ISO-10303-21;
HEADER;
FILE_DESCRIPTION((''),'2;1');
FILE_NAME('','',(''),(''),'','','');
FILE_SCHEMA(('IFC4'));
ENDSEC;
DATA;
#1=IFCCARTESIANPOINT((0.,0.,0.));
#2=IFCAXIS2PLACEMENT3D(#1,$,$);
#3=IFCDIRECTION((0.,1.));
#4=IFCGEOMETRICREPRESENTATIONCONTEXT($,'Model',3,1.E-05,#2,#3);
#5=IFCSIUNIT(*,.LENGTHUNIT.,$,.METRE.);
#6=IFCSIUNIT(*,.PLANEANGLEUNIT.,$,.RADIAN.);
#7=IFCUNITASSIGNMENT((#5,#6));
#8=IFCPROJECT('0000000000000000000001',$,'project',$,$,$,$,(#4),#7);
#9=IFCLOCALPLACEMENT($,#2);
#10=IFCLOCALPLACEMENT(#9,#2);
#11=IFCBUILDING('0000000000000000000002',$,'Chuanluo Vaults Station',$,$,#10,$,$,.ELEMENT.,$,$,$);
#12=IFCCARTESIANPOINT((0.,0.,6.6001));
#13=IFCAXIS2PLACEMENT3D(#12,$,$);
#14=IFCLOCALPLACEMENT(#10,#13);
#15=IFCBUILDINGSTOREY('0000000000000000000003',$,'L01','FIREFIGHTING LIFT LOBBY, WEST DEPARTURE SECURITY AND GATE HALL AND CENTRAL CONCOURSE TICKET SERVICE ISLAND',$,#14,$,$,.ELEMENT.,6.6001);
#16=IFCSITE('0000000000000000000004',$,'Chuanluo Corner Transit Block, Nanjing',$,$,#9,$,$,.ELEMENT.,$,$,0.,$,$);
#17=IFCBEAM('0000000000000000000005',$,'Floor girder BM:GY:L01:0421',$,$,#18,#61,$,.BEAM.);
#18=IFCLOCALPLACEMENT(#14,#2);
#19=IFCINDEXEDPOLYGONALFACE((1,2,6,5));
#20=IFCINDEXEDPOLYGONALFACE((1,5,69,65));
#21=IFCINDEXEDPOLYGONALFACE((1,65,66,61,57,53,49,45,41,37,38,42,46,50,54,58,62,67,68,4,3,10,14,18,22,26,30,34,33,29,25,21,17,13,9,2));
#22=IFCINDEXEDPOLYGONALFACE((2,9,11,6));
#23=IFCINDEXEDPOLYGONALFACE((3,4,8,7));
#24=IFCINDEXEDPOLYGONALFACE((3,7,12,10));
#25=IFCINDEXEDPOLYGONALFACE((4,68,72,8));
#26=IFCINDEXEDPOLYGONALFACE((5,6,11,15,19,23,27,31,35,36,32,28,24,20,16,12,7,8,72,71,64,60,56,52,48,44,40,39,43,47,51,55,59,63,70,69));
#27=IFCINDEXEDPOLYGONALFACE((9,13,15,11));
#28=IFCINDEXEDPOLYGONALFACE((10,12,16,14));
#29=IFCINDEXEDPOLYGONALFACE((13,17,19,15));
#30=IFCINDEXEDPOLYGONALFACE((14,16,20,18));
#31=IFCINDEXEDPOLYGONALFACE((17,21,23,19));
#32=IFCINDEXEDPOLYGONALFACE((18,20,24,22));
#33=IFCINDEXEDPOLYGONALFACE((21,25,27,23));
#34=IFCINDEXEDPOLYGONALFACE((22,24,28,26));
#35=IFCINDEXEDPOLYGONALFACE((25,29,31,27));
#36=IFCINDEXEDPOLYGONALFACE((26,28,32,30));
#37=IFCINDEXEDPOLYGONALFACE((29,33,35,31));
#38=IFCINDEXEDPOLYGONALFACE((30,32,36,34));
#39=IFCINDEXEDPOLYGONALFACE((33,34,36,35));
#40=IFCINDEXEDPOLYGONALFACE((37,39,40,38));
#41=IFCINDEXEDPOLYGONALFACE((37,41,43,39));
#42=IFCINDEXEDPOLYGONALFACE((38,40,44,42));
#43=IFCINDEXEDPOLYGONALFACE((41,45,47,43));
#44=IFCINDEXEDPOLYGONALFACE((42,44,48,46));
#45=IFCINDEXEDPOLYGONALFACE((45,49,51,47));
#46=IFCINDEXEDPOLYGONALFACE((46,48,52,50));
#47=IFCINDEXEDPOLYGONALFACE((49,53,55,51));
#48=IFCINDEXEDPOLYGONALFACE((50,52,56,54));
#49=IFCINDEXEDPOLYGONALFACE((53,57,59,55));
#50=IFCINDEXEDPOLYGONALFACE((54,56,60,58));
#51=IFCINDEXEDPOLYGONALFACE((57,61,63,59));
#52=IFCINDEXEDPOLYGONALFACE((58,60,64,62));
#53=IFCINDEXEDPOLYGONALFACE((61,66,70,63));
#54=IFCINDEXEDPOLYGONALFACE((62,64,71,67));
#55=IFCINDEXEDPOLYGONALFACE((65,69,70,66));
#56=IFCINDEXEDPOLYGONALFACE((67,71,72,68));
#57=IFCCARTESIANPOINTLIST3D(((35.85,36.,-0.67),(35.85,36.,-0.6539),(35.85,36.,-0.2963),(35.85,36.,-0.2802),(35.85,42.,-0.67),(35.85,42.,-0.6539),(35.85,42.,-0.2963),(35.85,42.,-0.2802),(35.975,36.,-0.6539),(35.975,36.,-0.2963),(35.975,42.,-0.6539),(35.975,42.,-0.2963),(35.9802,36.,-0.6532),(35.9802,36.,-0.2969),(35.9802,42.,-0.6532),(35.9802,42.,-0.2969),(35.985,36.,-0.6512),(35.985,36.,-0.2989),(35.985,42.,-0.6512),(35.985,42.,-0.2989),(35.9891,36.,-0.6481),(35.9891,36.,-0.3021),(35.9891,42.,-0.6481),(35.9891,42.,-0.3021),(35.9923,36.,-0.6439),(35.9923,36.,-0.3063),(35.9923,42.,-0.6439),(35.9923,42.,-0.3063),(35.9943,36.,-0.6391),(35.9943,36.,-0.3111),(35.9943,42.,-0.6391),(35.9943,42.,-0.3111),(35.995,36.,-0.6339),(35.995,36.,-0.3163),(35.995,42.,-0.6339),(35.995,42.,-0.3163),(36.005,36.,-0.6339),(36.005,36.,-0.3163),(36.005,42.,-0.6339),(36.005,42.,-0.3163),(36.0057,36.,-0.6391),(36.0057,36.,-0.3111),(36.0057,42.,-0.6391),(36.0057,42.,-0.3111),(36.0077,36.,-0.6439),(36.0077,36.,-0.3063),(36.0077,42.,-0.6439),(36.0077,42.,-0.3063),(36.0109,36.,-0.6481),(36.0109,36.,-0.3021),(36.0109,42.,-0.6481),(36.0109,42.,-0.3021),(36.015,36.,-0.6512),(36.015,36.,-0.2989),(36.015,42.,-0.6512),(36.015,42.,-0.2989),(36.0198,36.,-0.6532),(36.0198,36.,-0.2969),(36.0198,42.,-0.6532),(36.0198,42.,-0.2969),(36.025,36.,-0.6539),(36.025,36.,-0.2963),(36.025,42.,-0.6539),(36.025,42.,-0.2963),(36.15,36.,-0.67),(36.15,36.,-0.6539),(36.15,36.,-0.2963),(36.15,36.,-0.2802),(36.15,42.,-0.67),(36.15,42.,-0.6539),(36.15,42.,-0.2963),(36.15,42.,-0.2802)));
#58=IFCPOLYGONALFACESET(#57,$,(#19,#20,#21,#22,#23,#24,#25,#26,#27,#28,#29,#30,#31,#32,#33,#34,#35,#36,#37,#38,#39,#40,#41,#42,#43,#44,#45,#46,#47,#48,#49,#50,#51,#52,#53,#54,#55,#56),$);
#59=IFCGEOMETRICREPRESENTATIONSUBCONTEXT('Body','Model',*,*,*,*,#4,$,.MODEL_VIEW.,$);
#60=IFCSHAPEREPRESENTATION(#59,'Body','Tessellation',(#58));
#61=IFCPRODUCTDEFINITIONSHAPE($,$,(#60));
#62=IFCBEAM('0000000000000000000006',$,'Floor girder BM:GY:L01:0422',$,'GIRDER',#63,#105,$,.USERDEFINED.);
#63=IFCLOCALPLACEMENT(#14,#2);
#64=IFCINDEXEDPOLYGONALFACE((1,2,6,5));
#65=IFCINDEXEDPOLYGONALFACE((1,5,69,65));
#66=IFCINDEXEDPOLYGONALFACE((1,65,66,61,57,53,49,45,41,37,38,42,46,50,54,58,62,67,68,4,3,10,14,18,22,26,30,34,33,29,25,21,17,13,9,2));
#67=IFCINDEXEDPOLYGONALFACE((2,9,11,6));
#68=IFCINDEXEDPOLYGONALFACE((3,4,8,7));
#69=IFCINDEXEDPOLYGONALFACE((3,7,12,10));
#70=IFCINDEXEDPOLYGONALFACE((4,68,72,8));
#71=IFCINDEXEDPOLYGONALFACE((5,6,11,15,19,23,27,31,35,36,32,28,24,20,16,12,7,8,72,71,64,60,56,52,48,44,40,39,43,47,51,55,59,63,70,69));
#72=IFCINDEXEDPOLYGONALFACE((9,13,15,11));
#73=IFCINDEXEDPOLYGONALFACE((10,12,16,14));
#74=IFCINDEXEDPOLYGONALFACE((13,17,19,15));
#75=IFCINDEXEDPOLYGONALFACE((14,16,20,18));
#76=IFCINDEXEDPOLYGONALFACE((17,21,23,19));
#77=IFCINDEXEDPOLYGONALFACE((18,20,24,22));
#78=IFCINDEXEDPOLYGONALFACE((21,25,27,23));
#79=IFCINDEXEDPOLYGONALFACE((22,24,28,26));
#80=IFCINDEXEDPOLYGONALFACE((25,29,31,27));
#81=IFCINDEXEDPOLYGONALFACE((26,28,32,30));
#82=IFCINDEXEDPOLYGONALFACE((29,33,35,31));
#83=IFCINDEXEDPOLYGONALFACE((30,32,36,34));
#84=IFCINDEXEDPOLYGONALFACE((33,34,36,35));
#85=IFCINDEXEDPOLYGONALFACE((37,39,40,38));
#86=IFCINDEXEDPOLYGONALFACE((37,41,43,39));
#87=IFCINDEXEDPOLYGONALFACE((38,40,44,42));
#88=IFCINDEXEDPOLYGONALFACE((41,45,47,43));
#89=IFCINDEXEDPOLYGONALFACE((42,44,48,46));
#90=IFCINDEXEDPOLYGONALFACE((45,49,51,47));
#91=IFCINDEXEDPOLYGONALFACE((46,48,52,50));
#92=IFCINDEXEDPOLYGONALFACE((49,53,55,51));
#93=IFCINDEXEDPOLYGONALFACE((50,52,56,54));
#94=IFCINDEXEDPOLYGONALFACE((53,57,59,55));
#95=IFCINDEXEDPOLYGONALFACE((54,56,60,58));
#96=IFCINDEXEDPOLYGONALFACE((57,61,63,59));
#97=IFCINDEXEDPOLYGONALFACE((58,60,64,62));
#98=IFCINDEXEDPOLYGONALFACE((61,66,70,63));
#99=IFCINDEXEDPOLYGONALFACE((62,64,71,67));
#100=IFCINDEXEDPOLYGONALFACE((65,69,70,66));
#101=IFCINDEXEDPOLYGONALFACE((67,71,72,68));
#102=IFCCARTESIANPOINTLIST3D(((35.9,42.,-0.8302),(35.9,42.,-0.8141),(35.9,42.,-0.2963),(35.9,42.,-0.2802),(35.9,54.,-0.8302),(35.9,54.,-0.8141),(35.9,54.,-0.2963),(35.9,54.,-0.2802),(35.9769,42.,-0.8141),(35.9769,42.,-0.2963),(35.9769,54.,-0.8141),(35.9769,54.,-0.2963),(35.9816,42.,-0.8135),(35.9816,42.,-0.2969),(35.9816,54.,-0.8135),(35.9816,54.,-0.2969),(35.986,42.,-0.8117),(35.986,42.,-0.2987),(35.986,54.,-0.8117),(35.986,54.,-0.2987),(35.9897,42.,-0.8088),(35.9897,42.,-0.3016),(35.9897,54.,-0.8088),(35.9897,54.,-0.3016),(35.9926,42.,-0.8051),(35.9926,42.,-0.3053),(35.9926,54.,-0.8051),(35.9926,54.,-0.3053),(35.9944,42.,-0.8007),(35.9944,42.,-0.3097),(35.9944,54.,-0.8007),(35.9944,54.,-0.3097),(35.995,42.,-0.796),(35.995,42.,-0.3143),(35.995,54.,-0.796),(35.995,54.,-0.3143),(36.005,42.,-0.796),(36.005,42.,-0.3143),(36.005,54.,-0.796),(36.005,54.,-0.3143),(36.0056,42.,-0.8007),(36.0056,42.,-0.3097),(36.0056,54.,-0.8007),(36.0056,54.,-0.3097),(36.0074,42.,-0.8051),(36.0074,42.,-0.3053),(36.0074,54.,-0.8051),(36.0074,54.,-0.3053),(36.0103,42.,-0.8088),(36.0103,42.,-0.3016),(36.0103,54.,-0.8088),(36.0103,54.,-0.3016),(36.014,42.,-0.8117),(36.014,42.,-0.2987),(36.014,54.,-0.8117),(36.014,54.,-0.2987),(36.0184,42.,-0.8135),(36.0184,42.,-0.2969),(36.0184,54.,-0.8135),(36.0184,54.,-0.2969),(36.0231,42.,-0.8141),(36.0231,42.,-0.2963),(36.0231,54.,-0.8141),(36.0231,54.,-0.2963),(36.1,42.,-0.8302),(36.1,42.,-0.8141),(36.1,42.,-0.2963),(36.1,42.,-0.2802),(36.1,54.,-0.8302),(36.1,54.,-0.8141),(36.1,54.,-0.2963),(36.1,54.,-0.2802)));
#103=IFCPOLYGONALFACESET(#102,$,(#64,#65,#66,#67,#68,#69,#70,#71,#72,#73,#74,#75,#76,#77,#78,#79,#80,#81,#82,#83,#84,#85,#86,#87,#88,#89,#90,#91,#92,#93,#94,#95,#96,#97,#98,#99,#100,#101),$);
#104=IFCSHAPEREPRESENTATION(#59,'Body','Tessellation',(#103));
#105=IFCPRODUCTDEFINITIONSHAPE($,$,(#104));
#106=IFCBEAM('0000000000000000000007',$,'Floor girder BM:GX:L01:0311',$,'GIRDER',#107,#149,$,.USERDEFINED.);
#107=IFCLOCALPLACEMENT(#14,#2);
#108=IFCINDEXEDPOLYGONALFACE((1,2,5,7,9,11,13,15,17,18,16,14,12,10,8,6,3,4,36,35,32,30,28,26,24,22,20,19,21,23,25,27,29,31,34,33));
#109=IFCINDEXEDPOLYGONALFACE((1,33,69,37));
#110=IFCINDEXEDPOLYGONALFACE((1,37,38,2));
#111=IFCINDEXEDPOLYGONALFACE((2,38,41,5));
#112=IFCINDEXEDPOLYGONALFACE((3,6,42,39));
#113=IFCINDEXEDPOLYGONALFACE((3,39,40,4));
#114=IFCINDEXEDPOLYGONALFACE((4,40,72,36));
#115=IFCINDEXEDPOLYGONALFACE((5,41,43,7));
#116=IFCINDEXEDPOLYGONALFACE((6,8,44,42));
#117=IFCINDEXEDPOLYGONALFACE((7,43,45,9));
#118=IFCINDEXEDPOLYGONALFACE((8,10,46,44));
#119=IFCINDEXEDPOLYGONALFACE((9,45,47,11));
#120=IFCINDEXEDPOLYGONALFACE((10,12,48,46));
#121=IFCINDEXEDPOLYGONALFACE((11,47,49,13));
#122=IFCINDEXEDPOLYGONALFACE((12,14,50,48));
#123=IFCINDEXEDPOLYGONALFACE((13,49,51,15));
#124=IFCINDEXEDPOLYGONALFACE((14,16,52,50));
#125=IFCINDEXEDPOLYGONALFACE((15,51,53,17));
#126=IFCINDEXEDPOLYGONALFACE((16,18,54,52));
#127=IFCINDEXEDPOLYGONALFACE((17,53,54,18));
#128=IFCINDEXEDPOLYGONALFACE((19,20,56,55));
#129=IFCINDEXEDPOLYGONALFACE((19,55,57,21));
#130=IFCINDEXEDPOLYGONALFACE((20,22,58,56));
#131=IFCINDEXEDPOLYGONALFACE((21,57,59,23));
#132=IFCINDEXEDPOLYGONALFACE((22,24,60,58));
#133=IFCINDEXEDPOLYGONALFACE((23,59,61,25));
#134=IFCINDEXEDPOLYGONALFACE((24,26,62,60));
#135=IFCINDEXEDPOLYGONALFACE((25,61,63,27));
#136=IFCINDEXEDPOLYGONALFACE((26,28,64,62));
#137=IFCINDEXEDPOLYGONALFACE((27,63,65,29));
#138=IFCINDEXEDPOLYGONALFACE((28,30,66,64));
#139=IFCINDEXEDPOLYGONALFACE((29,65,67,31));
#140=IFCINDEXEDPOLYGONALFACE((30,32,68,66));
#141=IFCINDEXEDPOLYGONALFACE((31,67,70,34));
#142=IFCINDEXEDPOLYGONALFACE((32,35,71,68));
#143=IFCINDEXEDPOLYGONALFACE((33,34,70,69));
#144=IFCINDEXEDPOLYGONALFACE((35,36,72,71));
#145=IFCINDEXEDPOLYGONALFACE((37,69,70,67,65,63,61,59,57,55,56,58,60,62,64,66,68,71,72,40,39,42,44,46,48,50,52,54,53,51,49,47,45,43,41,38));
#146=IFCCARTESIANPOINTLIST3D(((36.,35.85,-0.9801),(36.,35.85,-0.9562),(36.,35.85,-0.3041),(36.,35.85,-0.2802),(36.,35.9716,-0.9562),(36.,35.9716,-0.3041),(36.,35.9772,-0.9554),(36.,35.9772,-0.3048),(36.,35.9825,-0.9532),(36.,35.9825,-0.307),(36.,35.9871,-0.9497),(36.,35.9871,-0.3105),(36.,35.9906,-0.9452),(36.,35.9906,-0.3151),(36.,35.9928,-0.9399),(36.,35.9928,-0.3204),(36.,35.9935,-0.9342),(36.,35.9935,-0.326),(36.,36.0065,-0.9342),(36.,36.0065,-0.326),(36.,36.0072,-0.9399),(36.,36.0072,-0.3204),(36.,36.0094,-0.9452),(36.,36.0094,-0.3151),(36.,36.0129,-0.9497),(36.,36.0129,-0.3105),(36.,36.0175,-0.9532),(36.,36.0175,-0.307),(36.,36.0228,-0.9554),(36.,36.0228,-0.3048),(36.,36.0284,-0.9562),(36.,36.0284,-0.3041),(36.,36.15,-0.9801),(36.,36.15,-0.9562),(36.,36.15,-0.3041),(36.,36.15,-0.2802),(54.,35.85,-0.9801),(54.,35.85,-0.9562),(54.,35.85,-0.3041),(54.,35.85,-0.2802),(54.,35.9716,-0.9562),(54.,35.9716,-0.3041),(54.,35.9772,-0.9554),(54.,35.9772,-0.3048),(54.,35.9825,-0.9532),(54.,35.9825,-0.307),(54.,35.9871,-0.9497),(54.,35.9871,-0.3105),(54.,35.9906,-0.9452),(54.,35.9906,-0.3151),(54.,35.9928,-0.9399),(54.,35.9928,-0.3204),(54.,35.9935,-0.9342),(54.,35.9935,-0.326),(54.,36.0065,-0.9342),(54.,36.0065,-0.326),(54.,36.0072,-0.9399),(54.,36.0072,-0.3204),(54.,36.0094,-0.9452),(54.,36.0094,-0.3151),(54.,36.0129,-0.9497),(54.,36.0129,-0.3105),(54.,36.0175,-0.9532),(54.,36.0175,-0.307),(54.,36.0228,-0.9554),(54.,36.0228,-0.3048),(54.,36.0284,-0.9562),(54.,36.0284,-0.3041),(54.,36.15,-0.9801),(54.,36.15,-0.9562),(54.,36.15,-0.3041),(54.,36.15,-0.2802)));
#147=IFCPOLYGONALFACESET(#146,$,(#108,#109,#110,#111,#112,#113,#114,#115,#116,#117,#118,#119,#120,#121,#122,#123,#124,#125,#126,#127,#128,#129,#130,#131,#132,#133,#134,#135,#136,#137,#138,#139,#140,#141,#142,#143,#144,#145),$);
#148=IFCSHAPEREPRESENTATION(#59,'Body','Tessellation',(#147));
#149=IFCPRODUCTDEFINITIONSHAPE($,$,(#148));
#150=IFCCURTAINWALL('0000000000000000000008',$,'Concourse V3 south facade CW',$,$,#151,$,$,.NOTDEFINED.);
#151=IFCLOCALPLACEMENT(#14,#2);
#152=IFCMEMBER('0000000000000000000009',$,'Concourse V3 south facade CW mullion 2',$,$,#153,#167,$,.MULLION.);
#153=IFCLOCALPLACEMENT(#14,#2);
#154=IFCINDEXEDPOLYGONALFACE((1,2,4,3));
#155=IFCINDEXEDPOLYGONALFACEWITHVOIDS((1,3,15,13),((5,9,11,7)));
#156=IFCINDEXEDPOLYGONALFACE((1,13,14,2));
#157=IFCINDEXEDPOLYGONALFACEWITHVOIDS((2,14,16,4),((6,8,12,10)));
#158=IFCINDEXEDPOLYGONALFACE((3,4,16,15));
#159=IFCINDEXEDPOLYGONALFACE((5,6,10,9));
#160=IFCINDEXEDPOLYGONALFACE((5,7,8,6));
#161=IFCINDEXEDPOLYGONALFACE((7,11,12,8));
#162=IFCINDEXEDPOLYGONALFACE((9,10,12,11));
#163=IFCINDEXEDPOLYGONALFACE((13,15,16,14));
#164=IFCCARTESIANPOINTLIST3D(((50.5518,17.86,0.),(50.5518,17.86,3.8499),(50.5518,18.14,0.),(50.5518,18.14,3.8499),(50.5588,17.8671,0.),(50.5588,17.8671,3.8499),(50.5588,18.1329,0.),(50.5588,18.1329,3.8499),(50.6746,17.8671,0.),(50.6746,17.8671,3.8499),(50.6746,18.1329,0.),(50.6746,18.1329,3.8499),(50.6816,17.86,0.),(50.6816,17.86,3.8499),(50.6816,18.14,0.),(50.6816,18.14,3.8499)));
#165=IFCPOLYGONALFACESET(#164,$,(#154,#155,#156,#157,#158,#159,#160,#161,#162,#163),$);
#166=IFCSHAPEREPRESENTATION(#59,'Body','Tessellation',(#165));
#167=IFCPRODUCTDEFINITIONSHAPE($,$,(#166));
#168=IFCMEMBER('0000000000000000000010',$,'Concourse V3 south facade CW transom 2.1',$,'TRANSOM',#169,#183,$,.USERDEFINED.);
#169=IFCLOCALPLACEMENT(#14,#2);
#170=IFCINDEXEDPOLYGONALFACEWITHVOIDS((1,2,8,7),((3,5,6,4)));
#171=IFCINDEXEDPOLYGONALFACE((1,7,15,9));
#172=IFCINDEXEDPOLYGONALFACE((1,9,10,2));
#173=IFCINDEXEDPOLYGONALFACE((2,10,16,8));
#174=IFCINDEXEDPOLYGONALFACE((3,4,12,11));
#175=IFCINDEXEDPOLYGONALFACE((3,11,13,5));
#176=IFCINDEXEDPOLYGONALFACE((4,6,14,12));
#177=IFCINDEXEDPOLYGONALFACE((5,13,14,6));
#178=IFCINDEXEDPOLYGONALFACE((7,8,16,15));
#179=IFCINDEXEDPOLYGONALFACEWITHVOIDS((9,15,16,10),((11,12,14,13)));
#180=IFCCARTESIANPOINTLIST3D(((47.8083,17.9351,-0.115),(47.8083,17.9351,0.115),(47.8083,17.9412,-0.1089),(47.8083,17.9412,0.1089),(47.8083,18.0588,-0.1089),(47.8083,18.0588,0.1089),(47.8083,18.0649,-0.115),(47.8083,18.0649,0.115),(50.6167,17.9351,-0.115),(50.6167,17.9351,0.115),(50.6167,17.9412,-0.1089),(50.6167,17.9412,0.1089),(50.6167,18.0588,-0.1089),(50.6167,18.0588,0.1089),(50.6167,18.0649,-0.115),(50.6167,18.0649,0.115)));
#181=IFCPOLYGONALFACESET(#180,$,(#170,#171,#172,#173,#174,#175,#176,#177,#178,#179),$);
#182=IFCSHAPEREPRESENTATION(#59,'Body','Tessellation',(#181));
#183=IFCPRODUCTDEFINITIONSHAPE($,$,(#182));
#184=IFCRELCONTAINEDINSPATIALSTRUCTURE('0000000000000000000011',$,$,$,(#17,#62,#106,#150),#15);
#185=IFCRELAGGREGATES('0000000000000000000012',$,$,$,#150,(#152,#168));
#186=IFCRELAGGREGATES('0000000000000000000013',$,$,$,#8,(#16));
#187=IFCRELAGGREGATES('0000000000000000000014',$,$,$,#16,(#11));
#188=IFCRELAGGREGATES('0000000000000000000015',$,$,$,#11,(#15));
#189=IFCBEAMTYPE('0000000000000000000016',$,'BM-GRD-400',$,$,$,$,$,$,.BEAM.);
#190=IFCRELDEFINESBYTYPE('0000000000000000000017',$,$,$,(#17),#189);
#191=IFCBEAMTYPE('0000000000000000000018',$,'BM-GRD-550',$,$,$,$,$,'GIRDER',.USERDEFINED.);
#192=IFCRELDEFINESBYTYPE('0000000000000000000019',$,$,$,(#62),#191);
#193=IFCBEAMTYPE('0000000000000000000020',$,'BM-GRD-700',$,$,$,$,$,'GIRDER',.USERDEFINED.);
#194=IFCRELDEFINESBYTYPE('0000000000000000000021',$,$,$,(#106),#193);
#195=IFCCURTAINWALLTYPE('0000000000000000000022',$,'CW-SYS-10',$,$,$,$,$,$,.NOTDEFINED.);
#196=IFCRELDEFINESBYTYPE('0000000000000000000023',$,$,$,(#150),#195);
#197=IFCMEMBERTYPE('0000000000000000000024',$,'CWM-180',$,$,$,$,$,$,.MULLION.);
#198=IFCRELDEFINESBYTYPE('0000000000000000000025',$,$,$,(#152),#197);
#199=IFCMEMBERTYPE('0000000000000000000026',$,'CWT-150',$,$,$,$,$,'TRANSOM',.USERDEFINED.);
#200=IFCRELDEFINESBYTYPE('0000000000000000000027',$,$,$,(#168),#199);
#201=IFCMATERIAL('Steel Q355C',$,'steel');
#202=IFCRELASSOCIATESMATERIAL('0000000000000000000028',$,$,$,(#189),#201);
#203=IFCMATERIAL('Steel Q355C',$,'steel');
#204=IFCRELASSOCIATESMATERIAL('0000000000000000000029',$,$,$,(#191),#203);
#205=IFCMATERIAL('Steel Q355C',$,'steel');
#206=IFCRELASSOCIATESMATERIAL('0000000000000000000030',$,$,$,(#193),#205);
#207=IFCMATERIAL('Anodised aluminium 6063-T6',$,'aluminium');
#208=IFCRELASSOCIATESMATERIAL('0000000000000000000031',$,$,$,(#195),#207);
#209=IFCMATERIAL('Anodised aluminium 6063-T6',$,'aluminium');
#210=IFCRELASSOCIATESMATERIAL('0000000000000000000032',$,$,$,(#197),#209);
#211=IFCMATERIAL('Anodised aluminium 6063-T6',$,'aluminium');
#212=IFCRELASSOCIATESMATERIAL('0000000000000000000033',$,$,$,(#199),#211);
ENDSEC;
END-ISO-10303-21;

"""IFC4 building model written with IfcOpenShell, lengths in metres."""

from ifc_helpers import new_model, si_unit, direction, frame, origin, origin_2d, place, context, subcontext, project, spatial, hollow_rectangle, i_section, extrude, material, material_profile, profile_set, type_object, element, aggregate, save


model = new_model("IFC4")

# Units and contexts
model_context = context("Model", 3, precision=1e-05, world=origin(), true_north=direction((0.0, 1.0)))
body_context = subcontext(model_context, "Body", "Model", "MODEL_VIEW")
ifc_project = project(units=[si_unit("LENGTHUNIT", "METRE"), si_unit("PLANEANGLEUNIT", "RADIAN")], contexts=[model_context])

# Site, building, storey
site_placement = place(None, origin())
site = spatial("IfcSite", under=ifc_project, at=site_placement, Name="Chuanluo Corner Transit Block, Nanjing", CompositionType="ELEMENT", RefElevation=0.0)
building_placement = place(site_placement, origin())
building = spatial("IfcBuilding", under=site, at=building_placement, Name="Chuanluo Vaults Station", CompositionType="ELEMENT")
storey_placement = place(building_placement, frame((0.0, 0.0, 6.6001)))
storey = spatial("IfcBuildingStorey", under=building, at=storey_placement, Name="L01", Description="FIREFIGHTING LIFT LOBBY, WEST DEPARTURE SECURITY AND GATE HALL AND CENTRAL CONCOURSE TICKET SERVICE ISLAND", CompositionType="ELEMENT", Elevation=6.6001)

# Beams
ifc_material_1 = material(Name="Steel Q355C", Category="steel")
ifc_material_profile_1 = material_profile(ifc_material_1, i_section(OverallWidth=0.3, OverallDepth=0.3899, WebThickness=0.01, FlangeThickness=0.0161, FilletRadius=0.02, at=origin_2d()))
ifc_profile_set_1 = profile_set([ifc_material_profile_1], Name="Steel Q355C")
beam_type_1 = type_object("IfcBeamType", Name="BM-GRD-400", PredefinedType="BEAM", material=ifc_profile_set_1)
for number, where, z_axis, x_axis, name in (
    (1, (36.0, 36.0, -0.4751), (0.0, 1.0, 0.0), (-1.0, 0.0, 0.0), "Floor girder BM:GY:L01:0421"),
):
    element("IfcBeam", number, at=place(storey_placement, frame(where, z_axis=z_axis, x_axis=x_axis)), inside=storey, type_object=beam_type_1, Name=name, PredefinedType="BEAM", context=body_context, shape_type="SweptSolid", body=[
        extrude(i_section(OverallWidth=0.3, OverallDepth=0.3899, WebThickness=0.01, FlangeThickness=0.0161, FilletRadius=0.02, at=origin_2d()), origin(), (0.0, 0.0, 1.0), 6.0),
    ])
ifc_material_2 = material(Name="Steel Q355C", Category="steel")
ifc_material_profile_2 = material_profile(ifc_material_2, i_section(OverallWidth=0.2, OverallDepth=0.55, WebThickness=0.01, FlangeThickness=0.0161, FilletRadius=0.0181, at=origin_2d()))
ifc_profile_set_2 = profile_set([ifc_material_profile_2], Name="Steel Q355C")
beam_type_2 = type_object("IfcBeamType", Name="BM-GRD-550", ElementType="GIRDER", PredefinedType="USERDEFINED", material=ifc_profile_set_2)
beam_1_placement = place(storey_placement, frame((36.0, 42.0, -0.5552), z_axis=(0.0, 1.0, 0.0), x_axis=(-1.0, 0.0, 0.0)))
element("IfcBeam", 2, at=beam_1_placement, inside=storey, type_object=beam_type_2, Name="Floor girder BM:GY:L01:0422", ObjectType="GIRDER", PredefinedType="USERDEFINED", context=body_context, shape_type="SweptSolid", body=[
    extrude(i_section(OverallWidth=0.2, OverallDepth=0.55, WebThickness=0.01, FlangeThickness=0.0161, FilletRadius=0.0181, at=origin_2d()), origin(), (0.0, 0.0, 1.0), 12.0),
])
ifc_material_3 = material(Name="Steel Q355C", Category="steel")
ifc_material_profile_3 = material_profile(ifc_material_3, i_section(OverallWidth=0.3, OverallDepth=0.7, WebThickness=0.0129, FlangeThickness=0.0239, FilletRadius=0.022, at=origin_2d()))
ifc_profile_set_3 = profile_set([ifc_material_profile_3], Name="Steel Q355C")
beam_type_3 = type_object("IfcBeamType", Name="BM-GRD-700", ElementType="GIRDER", PredefinedType="USERDEFINED", material=ifc_profile_set_3)
beam_2_placement = place(storey_placement, frame((36.0, 36.0, -0.6301), z_axis=(1.0, 0.0, 0.0), x_axis=(0.0, 1.0, 0.0)))
element("IfcBeam", 3, at=beam_2_placement, inside=storey, type_object=beam_type_3, Name="Floor girder BM:GX:L01:0311", ObjectType="GIRDER", PredefinedType="USERDEFINED", context=body_context, shape_type="SweptSolid", body=[
    extrude(i_section(OverallWidth=0.3, OverallDepth=0.7, WebThickness=0.0129, FlangeThickness=0.0239, FilletRadius=0.022, at=origin_2d()), origin(), (0.0, 0.0, 1.0), 18.0),
])

# Curtain wall, members
ifc_material_4 = material(Name="Anodised aluminium 6063-T6", Category="aluminium")
curtain_wall_type = type_object("IfcCurtainWallType", Name="CW-SYS-10", PredefinedType="NOTDEFINED", material=ifc_material_4)
curtain_wall_placement = place(storey_placement, origin())
curtain_wall = element("IfcCurtainWall", 4, at=curtain_wall_placement, inside=storey, type_object=curtain_wall_type, Name="Concourse V3 south facade CW", PredefinedType="NOTDEFINED")
ifc_material_5 = material(Name="Anodised aluminium 6063-T6", Category="aluminium")
ifc_material_profile_4 = material_profile(ifc_material_5, hollow_rectangle(XDim=0.1299, YDim=0.28, WallThickness=0.0071, at=origin_2d()))
ifc_profile_set_4 = profile_set([ifc_material_profile_4], Name="Anodised aluminium 6063-T6")
member_type_1 = type_object("IfcMemberType", Name="CWM-180", PredefinedType="MULLION", material=ifc_profile_set_4)
member_1_placement = place(storey_placement, frame((50.6167, 18.0, 0.0), z_axis=(0.0, 0.0, 1.0), x_axis=(-1.0, 0.0, 0.0)))
member_1 = element("IfcMember", 5, at=member_1_placement, type_object=member_type_1, Name="Concourse V3 south facade CW mullion 2", PredefinedType="MULLION", context=body_context, shape_type="SweptSolid", body=[
    extrude(hollow_rectangle(XDim=0.1299, YDim=0.28, WallThickness=0.0071, at=origin_2d()), origin(), (0.0, 0.0, 1.0), 3.8499),
])
ifc_material_6 = material(Name="Anodised aluminium 6063-T6", Category="aluminium")
ifc_material_profile_5 = material_profile(ifc_material_6, hollow_rectangle(XDim=0.1299, YDim=0.23, WallThickness=0.0061, at=origin_2d()))
ifc_profile_set_5 = profile_set([ifc_material_profile_5], Name="Anodised aluminium 6063-T6")
member_type_2 = type_object("IfcMemberType", Name="CWT-150", ElementType="TRANSOM", PredefinedType="USERDEFINED", material=ifc_profile_set_5)
member_2_placement = place(storey_placement, frame((50.6167, 18.0, 0.0), z_axis=(-1.0, 0.0, 0.0), x_axis=(0.0, -1.0, 0.0)))
member_2 = element("IfcMember", 6, at=member_2_placement, type_object=member_type_2, Name="Concourse V3 south facade CW transom 2.1", ObjectType="TRANSOM", PredefinedType="USERDEFINED", context=body_context, shape_type="SweptSolid", body=[
    extrude(hollow_rectangle(XDim=0.1299, YDim=0.23, WallThickness=0.0061, at=origin_2d()), origin(), (0.0, 0.0, 1.0), 2.8083),
])
aggregate(curtain_wall, [member_1, member_2])

save(model, "model.ifc")
